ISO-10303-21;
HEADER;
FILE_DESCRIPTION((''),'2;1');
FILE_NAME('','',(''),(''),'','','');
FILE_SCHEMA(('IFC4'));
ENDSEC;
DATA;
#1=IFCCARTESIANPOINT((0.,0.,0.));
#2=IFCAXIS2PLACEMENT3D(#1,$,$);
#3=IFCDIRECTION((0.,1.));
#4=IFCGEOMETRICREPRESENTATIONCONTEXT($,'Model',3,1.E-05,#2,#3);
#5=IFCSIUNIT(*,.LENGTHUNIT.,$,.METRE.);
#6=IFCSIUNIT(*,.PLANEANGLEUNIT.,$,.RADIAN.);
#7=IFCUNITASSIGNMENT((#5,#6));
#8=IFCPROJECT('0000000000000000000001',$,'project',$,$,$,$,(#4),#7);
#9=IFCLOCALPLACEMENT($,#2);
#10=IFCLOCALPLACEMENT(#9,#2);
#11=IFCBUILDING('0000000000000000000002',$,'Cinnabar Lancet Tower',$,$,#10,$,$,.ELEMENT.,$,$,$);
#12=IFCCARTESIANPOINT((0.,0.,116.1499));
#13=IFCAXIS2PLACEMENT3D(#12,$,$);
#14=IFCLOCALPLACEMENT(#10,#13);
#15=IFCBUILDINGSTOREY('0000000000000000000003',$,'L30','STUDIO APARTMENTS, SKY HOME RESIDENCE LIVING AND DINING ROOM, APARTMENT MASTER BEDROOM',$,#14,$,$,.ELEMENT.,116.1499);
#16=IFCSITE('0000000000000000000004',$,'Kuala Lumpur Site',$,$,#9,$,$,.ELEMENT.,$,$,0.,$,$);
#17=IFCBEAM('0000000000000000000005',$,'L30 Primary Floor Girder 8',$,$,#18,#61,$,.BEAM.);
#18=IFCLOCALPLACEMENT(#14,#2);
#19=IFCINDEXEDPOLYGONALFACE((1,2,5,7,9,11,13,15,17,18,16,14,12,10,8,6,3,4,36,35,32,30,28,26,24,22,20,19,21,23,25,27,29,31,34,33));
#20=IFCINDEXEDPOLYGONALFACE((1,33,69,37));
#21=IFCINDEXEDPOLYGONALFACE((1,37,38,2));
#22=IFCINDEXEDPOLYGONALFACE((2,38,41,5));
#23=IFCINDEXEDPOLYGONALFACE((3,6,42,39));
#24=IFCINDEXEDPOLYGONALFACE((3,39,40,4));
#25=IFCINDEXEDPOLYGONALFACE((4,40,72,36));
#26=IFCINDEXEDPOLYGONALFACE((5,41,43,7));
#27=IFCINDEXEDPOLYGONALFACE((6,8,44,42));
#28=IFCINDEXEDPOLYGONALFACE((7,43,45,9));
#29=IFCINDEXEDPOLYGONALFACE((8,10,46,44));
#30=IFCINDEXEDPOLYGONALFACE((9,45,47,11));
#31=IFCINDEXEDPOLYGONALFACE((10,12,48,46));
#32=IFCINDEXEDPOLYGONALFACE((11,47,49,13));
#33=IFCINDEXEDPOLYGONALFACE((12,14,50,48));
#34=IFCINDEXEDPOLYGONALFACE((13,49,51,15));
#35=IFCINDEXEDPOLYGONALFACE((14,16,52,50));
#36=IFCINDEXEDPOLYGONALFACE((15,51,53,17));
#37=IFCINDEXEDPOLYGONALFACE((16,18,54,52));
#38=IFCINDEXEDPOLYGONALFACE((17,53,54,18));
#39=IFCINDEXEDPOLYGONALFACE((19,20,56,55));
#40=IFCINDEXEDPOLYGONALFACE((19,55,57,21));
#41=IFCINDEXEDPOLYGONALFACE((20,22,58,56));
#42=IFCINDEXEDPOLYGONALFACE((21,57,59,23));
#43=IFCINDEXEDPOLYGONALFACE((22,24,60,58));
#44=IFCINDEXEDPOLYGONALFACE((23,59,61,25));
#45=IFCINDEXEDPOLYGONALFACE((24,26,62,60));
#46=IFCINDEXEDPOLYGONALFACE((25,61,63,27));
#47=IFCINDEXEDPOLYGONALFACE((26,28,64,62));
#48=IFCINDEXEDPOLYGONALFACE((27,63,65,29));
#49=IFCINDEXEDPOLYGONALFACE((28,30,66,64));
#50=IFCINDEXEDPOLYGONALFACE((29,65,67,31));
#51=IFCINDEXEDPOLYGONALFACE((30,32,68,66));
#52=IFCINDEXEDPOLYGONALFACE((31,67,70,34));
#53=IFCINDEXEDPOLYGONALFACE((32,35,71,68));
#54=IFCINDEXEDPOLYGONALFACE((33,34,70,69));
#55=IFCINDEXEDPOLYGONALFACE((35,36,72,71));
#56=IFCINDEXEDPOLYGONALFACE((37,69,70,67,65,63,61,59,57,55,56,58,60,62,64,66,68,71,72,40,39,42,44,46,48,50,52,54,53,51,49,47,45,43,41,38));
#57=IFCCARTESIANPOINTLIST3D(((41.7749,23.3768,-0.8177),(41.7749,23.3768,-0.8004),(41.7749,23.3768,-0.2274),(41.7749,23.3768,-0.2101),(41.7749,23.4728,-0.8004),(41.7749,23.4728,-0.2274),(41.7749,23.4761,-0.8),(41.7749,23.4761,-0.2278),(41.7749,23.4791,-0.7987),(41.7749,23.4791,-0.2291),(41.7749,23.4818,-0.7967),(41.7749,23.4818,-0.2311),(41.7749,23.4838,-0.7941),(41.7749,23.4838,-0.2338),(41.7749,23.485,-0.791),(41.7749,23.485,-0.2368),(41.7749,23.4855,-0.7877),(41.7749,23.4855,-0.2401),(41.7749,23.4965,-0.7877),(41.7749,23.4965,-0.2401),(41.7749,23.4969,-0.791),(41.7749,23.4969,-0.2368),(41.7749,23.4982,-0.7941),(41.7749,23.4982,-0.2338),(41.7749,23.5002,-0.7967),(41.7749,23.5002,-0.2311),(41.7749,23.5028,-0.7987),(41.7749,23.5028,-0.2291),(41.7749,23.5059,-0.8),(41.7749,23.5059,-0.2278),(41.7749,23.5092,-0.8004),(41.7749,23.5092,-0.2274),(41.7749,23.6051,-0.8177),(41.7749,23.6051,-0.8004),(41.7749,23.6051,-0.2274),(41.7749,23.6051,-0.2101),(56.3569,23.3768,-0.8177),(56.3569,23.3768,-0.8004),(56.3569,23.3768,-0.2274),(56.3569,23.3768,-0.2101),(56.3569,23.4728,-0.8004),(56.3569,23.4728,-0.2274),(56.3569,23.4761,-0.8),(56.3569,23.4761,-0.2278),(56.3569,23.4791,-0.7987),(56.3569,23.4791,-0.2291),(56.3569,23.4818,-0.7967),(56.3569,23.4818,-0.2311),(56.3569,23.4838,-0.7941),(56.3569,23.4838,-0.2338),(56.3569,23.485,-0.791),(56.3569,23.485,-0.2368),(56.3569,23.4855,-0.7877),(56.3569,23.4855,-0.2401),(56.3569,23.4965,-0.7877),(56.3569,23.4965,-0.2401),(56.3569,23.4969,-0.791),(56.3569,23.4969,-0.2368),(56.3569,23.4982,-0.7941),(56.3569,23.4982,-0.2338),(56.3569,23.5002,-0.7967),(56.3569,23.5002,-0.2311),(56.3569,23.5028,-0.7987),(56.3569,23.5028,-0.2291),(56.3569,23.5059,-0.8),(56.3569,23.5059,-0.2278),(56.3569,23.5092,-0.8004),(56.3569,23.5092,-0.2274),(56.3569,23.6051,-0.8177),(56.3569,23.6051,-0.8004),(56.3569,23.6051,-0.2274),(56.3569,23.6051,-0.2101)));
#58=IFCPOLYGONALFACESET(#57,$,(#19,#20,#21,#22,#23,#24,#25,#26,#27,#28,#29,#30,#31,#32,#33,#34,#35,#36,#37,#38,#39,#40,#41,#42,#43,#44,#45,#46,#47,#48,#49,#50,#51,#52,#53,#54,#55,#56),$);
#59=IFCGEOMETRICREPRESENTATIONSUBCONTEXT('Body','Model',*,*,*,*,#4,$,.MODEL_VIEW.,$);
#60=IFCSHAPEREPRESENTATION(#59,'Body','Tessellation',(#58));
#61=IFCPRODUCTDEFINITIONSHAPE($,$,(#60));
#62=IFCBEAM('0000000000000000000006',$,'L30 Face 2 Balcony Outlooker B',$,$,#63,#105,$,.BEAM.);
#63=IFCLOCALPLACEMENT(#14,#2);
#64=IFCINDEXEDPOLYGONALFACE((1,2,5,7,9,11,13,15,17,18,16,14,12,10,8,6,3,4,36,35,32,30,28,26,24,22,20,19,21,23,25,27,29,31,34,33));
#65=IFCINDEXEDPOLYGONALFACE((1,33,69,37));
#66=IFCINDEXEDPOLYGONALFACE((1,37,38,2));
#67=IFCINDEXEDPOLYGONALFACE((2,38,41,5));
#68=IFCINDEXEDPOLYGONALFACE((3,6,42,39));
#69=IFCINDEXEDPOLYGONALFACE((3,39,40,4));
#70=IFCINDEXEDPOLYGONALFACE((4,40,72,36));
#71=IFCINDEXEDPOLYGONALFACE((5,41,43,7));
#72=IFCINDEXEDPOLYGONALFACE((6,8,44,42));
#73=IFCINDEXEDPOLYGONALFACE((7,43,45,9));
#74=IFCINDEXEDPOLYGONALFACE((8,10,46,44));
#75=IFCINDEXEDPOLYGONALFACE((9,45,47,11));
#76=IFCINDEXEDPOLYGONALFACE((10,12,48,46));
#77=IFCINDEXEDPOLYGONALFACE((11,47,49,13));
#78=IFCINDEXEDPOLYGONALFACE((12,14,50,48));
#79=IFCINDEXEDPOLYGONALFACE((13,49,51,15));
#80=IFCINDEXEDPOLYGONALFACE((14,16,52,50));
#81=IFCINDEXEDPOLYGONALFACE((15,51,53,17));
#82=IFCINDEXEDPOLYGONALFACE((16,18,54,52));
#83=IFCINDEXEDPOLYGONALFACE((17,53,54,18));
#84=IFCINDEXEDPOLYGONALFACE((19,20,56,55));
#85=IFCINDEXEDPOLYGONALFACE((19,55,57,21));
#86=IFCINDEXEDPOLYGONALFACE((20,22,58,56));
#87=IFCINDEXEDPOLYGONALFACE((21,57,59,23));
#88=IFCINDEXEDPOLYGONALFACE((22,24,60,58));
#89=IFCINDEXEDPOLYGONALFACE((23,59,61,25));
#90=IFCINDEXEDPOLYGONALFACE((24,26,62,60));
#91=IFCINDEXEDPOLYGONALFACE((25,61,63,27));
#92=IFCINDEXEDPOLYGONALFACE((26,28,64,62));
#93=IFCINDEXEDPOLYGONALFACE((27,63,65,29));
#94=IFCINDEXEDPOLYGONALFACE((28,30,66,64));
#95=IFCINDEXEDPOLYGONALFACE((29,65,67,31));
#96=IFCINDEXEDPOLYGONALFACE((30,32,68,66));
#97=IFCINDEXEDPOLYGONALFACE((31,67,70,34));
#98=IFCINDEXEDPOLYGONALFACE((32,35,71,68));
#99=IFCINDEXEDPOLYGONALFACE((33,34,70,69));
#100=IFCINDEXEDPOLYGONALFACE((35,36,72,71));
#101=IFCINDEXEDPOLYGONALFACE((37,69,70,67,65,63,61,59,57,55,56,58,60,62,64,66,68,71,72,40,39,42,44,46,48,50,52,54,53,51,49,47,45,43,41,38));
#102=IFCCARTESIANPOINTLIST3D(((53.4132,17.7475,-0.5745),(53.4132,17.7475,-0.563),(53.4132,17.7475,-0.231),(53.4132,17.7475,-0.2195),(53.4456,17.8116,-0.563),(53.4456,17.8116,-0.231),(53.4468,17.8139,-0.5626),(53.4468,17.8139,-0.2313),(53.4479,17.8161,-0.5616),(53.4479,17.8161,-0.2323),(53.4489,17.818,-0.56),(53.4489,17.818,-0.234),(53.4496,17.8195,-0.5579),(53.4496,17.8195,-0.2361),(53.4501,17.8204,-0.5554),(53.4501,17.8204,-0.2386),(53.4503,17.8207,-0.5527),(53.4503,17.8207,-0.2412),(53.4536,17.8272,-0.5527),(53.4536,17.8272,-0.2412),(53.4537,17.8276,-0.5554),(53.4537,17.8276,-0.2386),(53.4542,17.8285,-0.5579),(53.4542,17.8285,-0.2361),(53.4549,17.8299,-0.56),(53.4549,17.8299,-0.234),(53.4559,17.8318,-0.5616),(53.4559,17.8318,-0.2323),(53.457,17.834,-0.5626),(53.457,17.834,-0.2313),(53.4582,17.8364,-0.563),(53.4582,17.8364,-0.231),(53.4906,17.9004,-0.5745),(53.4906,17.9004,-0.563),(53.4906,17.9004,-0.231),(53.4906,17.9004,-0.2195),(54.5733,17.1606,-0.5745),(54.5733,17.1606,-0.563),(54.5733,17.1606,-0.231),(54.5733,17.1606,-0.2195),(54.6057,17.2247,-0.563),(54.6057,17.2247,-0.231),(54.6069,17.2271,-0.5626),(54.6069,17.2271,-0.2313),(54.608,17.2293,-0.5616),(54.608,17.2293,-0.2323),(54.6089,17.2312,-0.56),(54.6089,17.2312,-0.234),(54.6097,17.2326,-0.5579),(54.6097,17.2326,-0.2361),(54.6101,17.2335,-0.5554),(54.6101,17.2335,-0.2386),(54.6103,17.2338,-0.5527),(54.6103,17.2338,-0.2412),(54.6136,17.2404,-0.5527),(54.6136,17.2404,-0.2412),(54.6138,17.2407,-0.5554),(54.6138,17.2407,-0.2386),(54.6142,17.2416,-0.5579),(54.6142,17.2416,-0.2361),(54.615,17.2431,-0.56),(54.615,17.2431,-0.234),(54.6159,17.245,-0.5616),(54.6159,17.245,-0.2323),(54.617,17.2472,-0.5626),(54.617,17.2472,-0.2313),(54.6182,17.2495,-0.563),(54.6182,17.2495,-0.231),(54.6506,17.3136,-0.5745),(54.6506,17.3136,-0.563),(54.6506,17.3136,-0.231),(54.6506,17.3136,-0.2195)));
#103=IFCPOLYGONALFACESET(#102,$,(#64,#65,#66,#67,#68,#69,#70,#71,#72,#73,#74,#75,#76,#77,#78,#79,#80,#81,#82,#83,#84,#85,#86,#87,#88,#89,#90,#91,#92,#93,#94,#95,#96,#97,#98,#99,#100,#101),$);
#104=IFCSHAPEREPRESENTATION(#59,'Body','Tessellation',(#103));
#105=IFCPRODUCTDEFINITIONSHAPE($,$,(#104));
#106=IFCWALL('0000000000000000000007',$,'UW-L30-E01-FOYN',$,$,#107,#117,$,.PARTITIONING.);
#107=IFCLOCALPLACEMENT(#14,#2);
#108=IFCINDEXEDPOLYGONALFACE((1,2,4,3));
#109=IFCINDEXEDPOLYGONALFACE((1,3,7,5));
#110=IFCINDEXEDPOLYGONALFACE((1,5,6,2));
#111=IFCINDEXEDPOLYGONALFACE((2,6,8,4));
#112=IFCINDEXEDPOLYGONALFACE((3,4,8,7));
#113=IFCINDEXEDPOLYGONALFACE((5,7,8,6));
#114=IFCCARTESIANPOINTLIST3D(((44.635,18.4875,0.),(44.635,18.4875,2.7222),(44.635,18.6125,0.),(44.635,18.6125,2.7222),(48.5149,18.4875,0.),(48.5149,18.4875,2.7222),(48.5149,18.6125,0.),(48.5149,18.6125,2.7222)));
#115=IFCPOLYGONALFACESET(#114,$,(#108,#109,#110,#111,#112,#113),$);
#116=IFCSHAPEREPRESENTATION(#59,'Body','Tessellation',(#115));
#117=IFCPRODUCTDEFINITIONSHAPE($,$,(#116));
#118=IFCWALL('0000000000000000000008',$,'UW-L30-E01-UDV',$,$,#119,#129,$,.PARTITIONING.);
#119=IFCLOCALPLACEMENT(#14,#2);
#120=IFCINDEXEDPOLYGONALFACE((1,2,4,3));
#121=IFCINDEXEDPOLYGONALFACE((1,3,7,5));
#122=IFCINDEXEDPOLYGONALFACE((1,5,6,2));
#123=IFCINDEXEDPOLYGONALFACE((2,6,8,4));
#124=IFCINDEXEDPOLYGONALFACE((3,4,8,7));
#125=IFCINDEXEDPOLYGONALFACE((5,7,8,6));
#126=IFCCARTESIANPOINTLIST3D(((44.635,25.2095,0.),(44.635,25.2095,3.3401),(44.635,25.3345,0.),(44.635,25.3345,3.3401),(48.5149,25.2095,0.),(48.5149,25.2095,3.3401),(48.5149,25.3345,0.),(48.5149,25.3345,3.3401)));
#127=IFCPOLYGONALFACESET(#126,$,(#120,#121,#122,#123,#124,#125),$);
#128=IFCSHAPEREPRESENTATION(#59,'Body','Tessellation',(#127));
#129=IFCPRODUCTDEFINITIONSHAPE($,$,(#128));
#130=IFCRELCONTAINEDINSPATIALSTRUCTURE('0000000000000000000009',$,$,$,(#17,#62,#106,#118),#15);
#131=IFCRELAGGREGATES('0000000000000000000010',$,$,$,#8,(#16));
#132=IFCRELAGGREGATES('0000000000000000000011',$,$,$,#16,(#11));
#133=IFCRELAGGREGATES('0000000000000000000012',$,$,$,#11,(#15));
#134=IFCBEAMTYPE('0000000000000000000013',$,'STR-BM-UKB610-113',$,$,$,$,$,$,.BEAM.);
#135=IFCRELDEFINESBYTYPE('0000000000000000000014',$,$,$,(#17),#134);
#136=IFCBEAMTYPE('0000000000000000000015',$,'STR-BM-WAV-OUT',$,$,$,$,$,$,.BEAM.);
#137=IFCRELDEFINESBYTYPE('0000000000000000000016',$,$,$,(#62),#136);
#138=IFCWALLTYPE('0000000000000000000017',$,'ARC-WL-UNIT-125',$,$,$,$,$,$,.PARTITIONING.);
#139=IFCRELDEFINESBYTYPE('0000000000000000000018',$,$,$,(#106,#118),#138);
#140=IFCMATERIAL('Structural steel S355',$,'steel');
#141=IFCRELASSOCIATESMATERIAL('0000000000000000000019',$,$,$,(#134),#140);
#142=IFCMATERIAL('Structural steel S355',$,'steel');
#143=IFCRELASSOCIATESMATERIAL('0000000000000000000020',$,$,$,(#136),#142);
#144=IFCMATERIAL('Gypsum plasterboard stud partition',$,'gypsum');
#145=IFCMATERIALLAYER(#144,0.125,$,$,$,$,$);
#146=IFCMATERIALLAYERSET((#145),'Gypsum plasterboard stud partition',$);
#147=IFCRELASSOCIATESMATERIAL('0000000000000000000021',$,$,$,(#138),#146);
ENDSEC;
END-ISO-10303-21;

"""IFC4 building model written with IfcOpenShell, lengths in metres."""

from ifc_helpers import new_model, si_unit, direction, frame, frame_2d, origin, origin_2d, place, context, subcontext, project, spatial, rectangle, i_section, extrude, material, layer, layer_set, material_profile, profile_set, type_object, element, save


model = new_model("IFC4")

# Units and contexts
model_context = context("Model", 3, precision=1e-05, world=origin(), true_north=direction((0.0, 1.0)))
body_context = subcontext(model_context, "Body", "Model", "MODEL_VIEW")
ifc_project = project(units=[si_unit("LENGTHUNIT", "METRE"), si_unit("PLANEANGLEUNIT", "RADIAN")], contexts=[model_context])

# Site, building, storey
site_placement = place(None, origin())
site = spatial("IfcSite", under=ifc_project, at=site_placement, Name="Kuala Lumpur Site", CompositionType="ELEMENT", RefElevation=0.0)
building_placement = place(site_placement, origin())
building = spatial("IfcBuilding", under=site, at=building_placement, Name="Cinnabar Lancet Tower", CompositionType="ELEMENT")
storey_placement = place(building_placement, frame((0.0, 0.0, 116.1499)))
storey = spatial("IfcBuildingStorey", under=building, at=storey_placement, Name="L30", Description="STUDIO APARTMENTS, SKY HOME RESIDENCE LIVING AND DINING ROOM, APARTMENT MASTER BEDROOM", CompositionType="ELEMENT", Elevation=116.1499)

# Beams
ifc_material_1 = material(Name="Structural steel S355", Category="steel")
ifc_material_profile_1 = material_profile(ifc_material_1, i_section(OverallWidth=0.2283, OverallDepth=0.6077, WebThickness=0.011, FlangeThickness=0.0173, FilletRadius=0.0127, at=origin_2d()), Name="UKB 610x229x113")
ifc_profile_set_1 = profile_set([ifc_material_profile_1], Name="Structural steel S355")
beam_type_1 = type_object("IfcBeamType", Name="STR-BM-UKB610-113", PredefinedType="BEAM", material=ifc_profile_set_1)
beam_1_placement = place(storey_placement, frame((56.3569, 23.491, -0.5139), z_axis=(-1.0, 0.0, 0.0), x_axis=(0.0, -1.0, 0.0)))
element("IfcBeam", 1, at=beam_1_placement, inside=storey, type_object=beam_type_1, Name="L30 Primary Floor Girder 8", PredefinedType="BEAM", context=body_context, shape_type="SweptSolid", body=[
    extrude(i_section(OverallWidth=0.2283, OverallDepth=0.6077, WebThickness=0.011, FlangeThickness=0.0173, FilletRadius=0.0127, at=origin_2d()), origin(), (0.0, 0.0, 1.0), 14.582),
])
ifc_material_2 = material(Name="Structural steel S355", Category="steel")
ifc_material_profile_2 = material_profile(ifc_material_2, i_section(OverallWidth=0.1714, OverallDepth=0.355, WebThickness=0.0073, FlangeThickness=0.0115, FilletRadius=0.0103, at=origin_2d()), Name="UKB 356x171x51")
ifc_profile_set_2 = profile_set([ifc_material_profile_2], Name="Structural steel S355")
beam_type_2 = type_object("IfcBeamType", Name="STR-BM-WAV-OUT", PredefinedType="BEAM", material=ifc_profile_set_2)
beam_2_placement = place(storey_placement, frame((53.4519, 17.824, -0.397), z_axis=(0.892314, -0.451415, 0.0), x_axis=(0.451415, 0.892314, 0.0)))
element("IfcBeam", 2, at=beam_2_placement, inside=storey, type_object=beam_type_2, Name="L30 Face 2 Balcony Outlooker B", PredefinedType="BEAM", context=body_context, shape_type="SweptSolid", body=[
    extrude(i_section(OverallWidth=0.1714, OverallDepth=0.355, WebThickness=0.0073, FlangeThickness=0.0115, FilletRadius=0.0103, at=origin_2d()), origin(), (0.0, 0.0, 1.0), 1.3),
])

# Walls
ifc_material_3 = material(Name="Gypsum plasterboard stud partition", Category="gypsum")
ifc_layer_1 = layer(ifc_material_3, 0.125)
ifc_layer_set_1 = layer_set([ifc_layer_1], Name="Gypsum plasterboard stud partition")
wall_type_1 = type_object("IfcWallType", Name="ARC-WL-UNIT-125", PredefinedType="PARTITIONING", material=ifc_layer_set_1)
wall_1_placement = place(storey_placement, frame((44.635, 18.55, 0.0), z_axis=(0.0, 0.0, 1.0), x_axis=(1.0, 0.0, 0.0)))
element("IfcWall", 3, at=wall_1_placement, inside=storey, type_object=wall_type_1, Name="UW-L30-E01-FOYN", PredefinedType="PARTITIONING", context=body_context, shape_type="SweptSolid", body=[
    extrude(rectangle(XDim=3.8799, YDim=0.125, at=frame_2d((1.9399, 0.0))), origin(), (0.0, 0.0, 1.0), 2.7222),
])
wall_2_placement = place(storey_placement, frame((44.635, 25.272, 0.0), z_axis=(0.0, 0.0, 1.0), x_axis=(1.0, 0.0, 0.0)))
element("IfcWall", 4, at=wall_2_placement, inside=storey, type_object=wall_type_1, Name="UW-L30-E01-UDV", PredefinedType="PARTITIONING", context=body_context, shape_type="SweptSolid", body=[
    extrude(rectangle(XDim=3.8799, YDim=0.125, at=frame_2d((1.9399, 0.0))), origin(), (0.0, 0.0, 1.0), 3.3401),
])

save(model, "model.ifc")
